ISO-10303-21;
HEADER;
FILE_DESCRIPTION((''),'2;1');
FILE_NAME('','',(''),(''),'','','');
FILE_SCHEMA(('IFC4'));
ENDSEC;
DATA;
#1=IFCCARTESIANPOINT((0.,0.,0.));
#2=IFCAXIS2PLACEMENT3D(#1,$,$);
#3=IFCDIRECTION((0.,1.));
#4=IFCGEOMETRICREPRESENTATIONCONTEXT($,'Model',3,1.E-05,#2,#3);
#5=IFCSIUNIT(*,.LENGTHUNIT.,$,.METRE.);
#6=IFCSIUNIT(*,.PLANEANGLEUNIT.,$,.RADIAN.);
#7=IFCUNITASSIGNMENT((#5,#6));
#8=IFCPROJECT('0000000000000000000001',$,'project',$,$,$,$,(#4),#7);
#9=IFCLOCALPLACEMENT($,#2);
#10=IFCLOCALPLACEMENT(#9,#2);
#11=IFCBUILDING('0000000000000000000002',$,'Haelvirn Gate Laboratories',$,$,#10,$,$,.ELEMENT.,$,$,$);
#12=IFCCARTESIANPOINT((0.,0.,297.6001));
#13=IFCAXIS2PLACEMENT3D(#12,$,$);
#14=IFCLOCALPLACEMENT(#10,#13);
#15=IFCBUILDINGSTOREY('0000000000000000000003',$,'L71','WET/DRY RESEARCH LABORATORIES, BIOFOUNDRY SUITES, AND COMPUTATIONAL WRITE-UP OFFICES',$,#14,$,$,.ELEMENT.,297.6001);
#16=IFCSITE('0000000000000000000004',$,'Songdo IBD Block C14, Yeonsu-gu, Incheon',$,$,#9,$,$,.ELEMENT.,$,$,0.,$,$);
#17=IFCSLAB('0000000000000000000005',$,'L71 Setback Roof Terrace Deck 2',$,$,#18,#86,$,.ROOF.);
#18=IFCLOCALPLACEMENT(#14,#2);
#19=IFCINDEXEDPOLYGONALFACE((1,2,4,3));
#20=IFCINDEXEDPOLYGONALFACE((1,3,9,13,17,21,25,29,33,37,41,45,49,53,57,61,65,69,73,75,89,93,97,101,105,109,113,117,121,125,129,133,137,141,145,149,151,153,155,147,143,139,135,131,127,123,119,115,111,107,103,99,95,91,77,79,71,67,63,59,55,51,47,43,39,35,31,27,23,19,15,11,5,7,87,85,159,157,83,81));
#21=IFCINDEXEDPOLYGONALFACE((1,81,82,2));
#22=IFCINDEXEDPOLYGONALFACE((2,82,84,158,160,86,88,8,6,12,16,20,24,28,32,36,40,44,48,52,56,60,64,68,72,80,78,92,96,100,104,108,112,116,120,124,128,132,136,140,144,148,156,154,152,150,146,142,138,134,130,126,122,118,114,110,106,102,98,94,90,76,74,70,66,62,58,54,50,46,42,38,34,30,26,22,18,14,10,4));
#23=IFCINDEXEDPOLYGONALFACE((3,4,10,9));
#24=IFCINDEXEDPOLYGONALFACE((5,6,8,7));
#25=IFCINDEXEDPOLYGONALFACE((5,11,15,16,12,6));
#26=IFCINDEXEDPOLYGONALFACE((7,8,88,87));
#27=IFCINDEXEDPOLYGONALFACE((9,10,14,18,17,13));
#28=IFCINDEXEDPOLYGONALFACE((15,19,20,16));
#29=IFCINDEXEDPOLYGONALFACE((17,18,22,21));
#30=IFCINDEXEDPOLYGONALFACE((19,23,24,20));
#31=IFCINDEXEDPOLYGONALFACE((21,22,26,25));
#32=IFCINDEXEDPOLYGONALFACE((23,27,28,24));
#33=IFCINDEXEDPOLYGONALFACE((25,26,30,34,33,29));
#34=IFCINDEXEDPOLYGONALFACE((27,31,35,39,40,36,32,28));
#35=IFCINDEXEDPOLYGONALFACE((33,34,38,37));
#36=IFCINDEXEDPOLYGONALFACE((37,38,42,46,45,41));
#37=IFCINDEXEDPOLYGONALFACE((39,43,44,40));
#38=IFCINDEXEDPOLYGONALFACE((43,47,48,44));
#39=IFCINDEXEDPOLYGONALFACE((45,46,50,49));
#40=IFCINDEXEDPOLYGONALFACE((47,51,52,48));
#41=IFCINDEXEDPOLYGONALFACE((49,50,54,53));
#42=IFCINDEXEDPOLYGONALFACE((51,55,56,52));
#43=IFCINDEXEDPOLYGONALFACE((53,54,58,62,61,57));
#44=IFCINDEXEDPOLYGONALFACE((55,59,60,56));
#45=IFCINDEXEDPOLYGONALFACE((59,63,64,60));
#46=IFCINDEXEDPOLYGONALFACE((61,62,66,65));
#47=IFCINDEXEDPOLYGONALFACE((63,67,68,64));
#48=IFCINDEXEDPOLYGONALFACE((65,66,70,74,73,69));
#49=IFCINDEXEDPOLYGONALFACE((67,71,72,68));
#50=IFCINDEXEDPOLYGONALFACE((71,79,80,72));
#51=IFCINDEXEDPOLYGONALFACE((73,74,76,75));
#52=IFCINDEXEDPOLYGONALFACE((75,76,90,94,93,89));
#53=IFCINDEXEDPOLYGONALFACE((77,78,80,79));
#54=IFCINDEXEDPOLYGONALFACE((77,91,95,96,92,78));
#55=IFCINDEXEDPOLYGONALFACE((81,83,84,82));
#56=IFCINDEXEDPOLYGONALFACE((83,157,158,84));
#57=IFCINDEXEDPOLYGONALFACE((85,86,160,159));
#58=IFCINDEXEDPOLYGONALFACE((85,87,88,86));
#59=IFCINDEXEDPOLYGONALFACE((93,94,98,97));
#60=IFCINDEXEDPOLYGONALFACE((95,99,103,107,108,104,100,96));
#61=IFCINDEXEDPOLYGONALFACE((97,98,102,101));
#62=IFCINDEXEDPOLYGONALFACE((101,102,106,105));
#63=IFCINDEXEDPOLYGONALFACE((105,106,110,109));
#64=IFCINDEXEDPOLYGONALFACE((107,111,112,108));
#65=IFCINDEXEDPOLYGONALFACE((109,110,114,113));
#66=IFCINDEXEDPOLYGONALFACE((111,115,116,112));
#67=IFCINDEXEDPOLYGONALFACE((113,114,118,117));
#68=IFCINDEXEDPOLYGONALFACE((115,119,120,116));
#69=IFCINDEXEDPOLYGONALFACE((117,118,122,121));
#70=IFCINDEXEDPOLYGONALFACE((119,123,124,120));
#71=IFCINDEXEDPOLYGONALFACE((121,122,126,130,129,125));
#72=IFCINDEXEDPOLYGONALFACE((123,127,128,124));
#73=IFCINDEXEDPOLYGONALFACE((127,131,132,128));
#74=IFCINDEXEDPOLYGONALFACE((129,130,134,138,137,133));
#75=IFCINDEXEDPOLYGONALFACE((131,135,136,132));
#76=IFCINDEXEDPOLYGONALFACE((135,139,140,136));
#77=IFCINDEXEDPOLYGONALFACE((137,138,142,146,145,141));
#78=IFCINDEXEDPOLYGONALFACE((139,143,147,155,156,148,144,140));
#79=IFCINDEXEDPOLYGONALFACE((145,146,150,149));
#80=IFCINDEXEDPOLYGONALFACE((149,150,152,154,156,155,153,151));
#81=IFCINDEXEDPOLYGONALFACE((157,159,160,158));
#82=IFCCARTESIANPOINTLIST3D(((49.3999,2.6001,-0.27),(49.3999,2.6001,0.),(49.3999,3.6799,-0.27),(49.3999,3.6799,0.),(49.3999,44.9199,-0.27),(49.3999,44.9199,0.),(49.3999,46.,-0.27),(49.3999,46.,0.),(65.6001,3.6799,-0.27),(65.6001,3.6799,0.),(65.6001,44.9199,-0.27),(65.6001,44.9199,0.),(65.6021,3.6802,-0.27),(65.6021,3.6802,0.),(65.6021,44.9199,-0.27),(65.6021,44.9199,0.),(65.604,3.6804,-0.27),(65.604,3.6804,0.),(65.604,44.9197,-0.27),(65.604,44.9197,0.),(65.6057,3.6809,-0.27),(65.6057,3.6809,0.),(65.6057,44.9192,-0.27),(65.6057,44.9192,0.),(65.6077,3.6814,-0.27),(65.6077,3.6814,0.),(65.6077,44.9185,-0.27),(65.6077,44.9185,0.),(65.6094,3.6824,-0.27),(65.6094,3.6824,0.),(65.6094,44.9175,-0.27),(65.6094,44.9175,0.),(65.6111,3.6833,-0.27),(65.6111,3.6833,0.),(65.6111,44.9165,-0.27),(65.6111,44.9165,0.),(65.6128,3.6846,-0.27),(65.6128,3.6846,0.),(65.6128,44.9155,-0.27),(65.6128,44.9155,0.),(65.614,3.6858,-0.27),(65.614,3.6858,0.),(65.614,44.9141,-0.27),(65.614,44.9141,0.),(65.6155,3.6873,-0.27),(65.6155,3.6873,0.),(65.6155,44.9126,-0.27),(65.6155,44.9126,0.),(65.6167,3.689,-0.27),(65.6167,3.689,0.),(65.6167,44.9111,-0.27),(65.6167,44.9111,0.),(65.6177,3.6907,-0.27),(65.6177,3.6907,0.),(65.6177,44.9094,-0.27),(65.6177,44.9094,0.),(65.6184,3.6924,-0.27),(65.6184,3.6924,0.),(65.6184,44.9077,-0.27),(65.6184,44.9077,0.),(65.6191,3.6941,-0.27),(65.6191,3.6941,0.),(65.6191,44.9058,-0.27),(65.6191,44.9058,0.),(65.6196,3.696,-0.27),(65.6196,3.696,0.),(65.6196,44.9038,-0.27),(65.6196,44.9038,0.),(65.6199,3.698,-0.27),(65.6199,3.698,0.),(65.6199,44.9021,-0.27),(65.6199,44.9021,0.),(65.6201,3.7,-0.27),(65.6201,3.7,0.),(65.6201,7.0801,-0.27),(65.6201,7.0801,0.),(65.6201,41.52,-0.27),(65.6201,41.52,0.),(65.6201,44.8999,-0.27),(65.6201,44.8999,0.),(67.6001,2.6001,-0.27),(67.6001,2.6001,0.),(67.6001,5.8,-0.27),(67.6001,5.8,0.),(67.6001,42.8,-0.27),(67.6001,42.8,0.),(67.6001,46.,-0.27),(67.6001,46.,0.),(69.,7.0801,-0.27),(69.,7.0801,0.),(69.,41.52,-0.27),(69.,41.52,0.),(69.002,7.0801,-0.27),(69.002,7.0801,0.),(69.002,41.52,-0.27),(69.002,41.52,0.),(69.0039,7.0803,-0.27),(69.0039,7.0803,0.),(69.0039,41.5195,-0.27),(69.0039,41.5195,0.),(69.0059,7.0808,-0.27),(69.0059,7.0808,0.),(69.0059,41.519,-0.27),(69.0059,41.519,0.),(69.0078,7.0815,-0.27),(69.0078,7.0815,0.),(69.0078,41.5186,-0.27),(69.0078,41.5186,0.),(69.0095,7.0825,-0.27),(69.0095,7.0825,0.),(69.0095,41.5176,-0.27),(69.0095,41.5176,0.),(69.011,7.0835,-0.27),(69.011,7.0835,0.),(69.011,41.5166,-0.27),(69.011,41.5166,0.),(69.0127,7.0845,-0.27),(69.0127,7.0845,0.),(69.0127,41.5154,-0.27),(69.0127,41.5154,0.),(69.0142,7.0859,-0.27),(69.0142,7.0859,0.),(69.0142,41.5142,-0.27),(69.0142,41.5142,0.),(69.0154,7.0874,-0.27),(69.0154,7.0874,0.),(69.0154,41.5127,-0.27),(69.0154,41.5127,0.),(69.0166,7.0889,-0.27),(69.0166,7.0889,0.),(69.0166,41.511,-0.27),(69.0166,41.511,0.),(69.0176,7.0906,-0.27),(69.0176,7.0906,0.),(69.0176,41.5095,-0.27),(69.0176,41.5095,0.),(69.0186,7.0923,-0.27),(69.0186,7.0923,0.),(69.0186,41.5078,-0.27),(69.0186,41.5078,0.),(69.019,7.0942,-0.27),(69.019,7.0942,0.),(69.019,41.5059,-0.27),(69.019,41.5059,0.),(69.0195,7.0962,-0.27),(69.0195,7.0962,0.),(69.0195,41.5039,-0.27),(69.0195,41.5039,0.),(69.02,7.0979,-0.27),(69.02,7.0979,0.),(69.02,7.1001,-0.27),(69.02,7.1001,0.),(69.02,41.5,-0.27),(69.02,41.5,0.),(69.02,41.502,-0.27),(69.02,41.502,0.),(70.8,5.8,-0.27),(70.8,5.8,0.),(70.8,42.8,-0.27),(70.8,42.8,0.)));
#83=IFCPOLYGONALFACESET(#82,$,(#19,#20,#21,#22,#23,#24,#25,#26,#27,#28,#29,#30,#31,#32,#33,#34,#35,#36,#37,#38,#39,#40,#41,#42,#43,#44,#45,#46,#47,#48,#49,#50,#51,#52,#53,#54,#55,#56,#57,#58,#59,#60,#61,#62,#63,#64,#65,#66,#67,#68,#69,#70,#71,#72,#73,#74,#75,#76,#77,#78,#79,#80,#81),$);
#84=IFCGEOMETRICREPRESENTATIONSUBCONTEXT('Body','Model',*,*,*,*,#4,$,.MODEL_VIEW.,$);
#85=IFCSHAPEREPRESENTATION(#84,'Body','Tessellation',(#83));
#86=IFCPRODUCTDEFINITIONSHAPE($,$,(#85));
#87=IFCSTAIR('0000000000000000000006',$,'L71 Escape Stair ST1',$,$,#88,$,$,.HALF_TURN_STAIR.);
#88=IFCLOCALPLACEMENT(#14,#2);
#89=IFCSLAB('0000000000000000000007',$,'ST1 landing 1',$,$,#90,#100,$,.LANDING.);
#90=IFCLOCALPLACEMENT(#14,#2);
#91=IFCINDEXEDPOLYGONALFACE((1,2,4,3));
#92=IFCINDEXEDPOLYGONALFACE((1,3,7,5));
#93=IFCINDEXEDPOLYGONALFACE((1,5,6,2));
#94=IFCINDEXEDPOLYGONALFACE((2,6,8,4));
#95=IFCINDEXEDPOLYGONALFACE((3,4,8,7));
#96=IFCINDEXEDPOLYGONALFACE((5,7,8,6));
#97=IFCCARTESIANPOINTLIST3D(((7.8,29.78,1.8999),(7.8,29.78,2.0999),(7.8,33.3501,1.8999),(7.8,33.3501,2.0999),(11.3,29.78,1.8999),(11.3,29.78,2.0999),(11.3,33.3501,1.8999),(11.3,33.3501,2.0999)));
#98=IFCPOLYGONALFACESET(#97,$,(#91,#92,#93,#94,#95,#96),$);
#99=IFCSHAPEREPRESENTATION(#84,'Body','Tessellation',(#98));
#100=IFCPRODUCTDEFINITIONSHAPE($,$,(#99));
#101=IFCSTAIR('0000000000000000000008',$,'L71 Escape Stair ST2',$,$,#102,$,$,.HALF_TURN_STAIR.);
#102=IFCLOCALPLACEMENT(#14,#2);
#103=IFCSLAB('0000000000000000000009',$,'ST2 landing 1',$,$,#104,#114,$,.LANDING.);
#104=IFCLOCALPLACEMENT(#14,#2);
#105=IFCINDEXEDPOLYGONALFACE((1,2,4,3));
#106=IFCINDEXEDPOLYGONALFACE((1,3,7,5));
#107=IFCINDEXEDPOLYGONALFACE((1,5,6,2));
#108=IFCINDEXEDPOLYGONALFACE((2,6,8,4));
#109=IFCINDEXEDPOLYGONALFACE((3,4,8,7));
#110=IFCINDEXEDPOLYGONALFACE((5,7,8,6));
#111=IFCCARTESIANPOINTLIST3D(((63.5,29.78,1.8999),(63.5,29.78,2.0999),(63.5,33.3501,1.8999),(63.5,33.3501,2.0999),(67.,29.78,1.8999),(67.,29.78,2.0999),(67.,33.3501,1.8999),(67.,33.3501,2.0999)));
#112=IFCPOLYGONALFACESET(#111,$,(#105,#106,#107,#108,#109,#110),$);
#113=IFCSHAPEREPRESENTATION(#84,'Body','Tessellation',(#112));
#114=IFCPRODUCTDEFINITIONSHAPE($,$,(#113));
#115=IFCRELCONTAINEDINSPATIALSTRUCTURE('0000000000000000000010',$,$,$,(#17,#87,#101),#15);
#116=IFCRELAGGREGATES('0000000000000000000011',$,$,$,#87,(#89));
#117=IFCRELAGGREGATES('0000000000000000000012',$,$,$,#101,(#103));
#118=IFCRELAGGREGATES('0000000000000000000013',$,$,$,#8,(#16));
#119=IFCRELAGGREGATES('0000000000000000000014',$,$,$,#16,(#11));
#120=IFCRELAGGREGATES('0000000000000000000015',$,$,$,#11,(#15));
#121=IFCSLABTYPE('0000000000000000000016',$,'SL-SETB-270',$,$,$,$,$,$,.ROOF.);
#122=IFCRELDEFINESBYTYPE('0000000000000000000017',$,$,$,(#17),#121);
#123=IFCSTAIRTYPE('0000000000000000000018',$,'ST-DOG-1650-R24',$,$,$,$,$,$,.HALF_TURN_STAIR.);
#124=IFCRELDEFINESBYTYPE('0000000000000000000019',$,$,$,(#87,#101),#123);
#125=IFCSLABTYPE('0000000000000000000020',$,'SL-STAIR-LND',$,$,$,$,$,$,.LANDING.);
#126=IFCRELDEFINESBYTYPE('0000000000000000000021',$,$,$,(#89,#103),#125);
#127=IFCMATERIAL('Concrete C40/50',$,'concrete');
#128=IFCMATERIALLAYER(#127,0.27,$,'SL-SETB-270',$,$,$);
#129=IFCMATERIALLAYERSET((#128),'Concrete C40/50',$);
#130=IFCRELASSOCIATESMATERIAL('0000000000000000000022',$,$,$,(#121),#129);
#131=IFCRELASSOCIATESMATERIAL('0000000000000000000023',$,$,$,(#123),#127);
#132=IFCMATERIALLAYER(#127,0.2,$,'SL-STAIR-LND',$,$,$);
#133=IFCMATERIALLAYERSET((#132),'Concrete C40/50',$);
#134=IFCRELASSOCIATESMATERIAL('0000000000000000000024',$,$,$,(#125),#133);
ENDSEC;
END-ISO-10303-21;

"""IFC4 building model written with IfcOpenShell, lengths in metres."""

from ifc_helpers import new_model, si_unit, direction, frame, origin, place, context, subcontext, project, spatial, polyline, outline, extrude, material, layer, layer_set, type_object, element, aggregate, save


model = new_model("IFC4")

# Units and contexts
model_context = context("Model", 3, precision=1e-05, world=origin(), true_north=direction((0.0, 1.0)))
body_context = subcontext(model_context, "Body", "Model", "MODEL_VIEW")
ifc_project = project(units=[si_unit("LENGTHUNIT", "METRE"), si_unit("PLANEANGLEUNIT", "RADIAN")], contexts=[model_context])

# Site, building, storey
site_placement = place(None, origin())
site = spatial("IfcSite", under=ifc_project, at=site_placement, Name="Songdo IBD Block C14, Yeonsu-gu, Incheon", CompositionType="ELEMENT", RefElevation=0.0)
building_placement = place(site_placement, origin())
building = spatial("IfcBuilding", under=site, at=building_placement, Name="Haelvirn Gate Laboratories", CompositionType="ELEMENT")
storey_placement = place(building_placement, frame((0.0, 0.0, 297.6001)))
storey = spatial("IfcBuildingStorey", under=building, at=storey_placement, Name="L71", Description="WET/DRY RESEARCH LABORATORIES, BIOFOUNDRY SUITES, AND COMPUTATIONAL WRITE-UP OFFICES", CompositionType="ELEMENT", Elevation=297.6001)

# Slab
ifc_material_1 = material(Name="Concrete C40/50", Category="concrete")
ifc_layer_1 = layer(ifc_material_1, 0.27, Name="SL-SETB-270")
ifc_layer_set_1 = layer_set([ifc_layer_1], Name="Concrete C40/50")
slab_type_1 = type_object("IfcSlabType", Name="SL-SETB-270", PredefinedType="ROOF", material=ifc_layer_set_1)
slab_1_placement = place(storey_placement, frame((0.0, 0.0, -0.27)))
element("IfcSlab", 1, at=slab_1_placement, inside=storey, type_object=slab_type_1, Name="L71 Setback Roof Terrace Deck 2", PredefinedType="ROOF", context=body_context, shape_type="SweptSolid", body=[
    extrude(outline(polyline([(67.6001, 46.0), (67.6001, 42.8), (70.8, 42.8), (70.8, 5.8), (67.6001, 5.8), (67.6001, 2.6001), (49.3999, 2.6001), (49.3999, 3.6799), (65.6001, 3.6799), (65.6021, 3.6802), (65.604, 3.6804), (65.6057, 3.6809), (65.6077, 3.6814), (65.6094, 3.6824), (65.6111, 3.6833), (65.6128, 3.6846), (65.614, 3.6858), (65.6155, 3.6873), (65.6167, 3.689), (65.6177, 3.6907), (65.6184, 3.6924), (65.6191, 3.6941), (65.6196, 3.696), (65.6199, 3.698), (65.6201, 3.7), (65.6201, 7.0801), (69.0, 7.0801), (69.002, 7.0801), (69.0039, 7.0803), (69.0059, 7.0808), (69.0078, 7.0815), (69.0095, 7.0825), (69.011, 7.0835), (69.0127, 7.0845), (69.0142, 7.0859), (69.0154, 7.0874), (69.0166, 7.0889), (69.0176, 7.0906), (69.0186, 7.0923), (69.019, 7.0942), (69.0195, 7.0962), (69.02, 7.0979), (69.02, 7.1001), (69.02, 41.5), (69.02, 41.502), (69.0195, 41.5039), (69.019, 41.5059), (69.0186, 41.5078), (69.0176, 41.5095), (69.0166, 41.511), (69.0154, 41.5127), (69.0142, 41.5142), (69.0127, 41.5154), (69.011, 41.5166), (69.0095, 41.5176), (69.0078, 41.5186), (69.0059, 41.519), (69.0039, 41.5195), (69.002, 41.52), (69.0, 41.52), (65.6201, 41.52), (65.6201, 44.8999), (65.6199, 44.9021), (65.6196, 44.9038), (65.6191, 44.9058), (65.6184, 44.9077), (65.6177, 44.9094), (65.6167, 44.9111), (65.6155, 44.9126), (65.614, 44.9141), (65.6128, 44.9155), (65.6111, 44.9165), (65.6094, 44.9175), (65.6077, 44.9185), (65.6057, 44.9192), (65.604, 44.9197), (65.6021, 44.9199), (65.6001, 44.9199), (49.3999, 44.9199), (49.3999, 46.0), (67.6001, 46.0)])), origin(), (0.0, 0.0, 1.0), 0.27),
])

# Stairs, slabs
stair_type = type_object("IfcStairType", Name="ST-DOG-1650-R24", PredefinedType="HALF_TURN_STAIR", material=ifc_material_1)
stair_1_placement = place(storey_placement, origin())
stair_1 = element("IfcStair", 2, at=stair_1_placement, inside=storey, type_object=stair_type, Name="L71 Escape Stair ST1", PredefinedType="HALF_TURN_STAIR")
ifc_layer_2 = layer(ifc_material_1, 0.2, Name="SL-STAIR-LND")
ifc_layer_set_2 = layer_set([ifc_layer_2], Name="Concrete C40/50")
slab_type_2 = type_object("IfcSlabType", Name="SL-STAIR-LND", PredefinedType="LANDING", material=ifc_layer_set_2)
slab_2_placement = place(storey_placement, frame((0.0, 0.0, 1.8999)))
slab_2 = element("IfcSlab", 3, at=slab_2_placement, type_object=slab_type_2, Name="ST1 landing 1", PredefinedType="LANDING", context=body_context, shape_type="SweptSolid", body=[
    extrude(outline(polyline([(11.3, 29.78), (11.3, 33.3501), (7.8, 33.3501), (7.8, 29.78), (11.3, 29.78)])), origin(), (0.0, 0.0, 1.0), 0.2),
])
aggregate(stair_1, [slab_2])
stair_2_placement = place(storey_placement, origin())
stair_2 = element("IfcStair", 4, at=stair_2_placement, inside=storey, type_object=stair_type, Name="L71 Escape Stair ST2", PredefinedType="HALF_TURN_STAIR")
slab_3_placement = place(storey_placement, frame((0.0, 0.0, 1.8999)))
slab_3 = element("IfcSlab", 5, at=slab_3_placement, type_object=slab_type_2, Name="ST2 landing 1", PredefinedType="LANDING", context=body_context, shape_type="SweptSolid", body=[
    extrude(outline(polyline([(67.0, 29.78), (67.0, 33.3501), (63.5, 33.3501), (63.5, 29.78), (67.0, 29.78)])), origin(), (0.0, 0.0, 1.0), 0.2),
])
aggregate(stair_2, [slab_3])

save(model, "model.ifc")
